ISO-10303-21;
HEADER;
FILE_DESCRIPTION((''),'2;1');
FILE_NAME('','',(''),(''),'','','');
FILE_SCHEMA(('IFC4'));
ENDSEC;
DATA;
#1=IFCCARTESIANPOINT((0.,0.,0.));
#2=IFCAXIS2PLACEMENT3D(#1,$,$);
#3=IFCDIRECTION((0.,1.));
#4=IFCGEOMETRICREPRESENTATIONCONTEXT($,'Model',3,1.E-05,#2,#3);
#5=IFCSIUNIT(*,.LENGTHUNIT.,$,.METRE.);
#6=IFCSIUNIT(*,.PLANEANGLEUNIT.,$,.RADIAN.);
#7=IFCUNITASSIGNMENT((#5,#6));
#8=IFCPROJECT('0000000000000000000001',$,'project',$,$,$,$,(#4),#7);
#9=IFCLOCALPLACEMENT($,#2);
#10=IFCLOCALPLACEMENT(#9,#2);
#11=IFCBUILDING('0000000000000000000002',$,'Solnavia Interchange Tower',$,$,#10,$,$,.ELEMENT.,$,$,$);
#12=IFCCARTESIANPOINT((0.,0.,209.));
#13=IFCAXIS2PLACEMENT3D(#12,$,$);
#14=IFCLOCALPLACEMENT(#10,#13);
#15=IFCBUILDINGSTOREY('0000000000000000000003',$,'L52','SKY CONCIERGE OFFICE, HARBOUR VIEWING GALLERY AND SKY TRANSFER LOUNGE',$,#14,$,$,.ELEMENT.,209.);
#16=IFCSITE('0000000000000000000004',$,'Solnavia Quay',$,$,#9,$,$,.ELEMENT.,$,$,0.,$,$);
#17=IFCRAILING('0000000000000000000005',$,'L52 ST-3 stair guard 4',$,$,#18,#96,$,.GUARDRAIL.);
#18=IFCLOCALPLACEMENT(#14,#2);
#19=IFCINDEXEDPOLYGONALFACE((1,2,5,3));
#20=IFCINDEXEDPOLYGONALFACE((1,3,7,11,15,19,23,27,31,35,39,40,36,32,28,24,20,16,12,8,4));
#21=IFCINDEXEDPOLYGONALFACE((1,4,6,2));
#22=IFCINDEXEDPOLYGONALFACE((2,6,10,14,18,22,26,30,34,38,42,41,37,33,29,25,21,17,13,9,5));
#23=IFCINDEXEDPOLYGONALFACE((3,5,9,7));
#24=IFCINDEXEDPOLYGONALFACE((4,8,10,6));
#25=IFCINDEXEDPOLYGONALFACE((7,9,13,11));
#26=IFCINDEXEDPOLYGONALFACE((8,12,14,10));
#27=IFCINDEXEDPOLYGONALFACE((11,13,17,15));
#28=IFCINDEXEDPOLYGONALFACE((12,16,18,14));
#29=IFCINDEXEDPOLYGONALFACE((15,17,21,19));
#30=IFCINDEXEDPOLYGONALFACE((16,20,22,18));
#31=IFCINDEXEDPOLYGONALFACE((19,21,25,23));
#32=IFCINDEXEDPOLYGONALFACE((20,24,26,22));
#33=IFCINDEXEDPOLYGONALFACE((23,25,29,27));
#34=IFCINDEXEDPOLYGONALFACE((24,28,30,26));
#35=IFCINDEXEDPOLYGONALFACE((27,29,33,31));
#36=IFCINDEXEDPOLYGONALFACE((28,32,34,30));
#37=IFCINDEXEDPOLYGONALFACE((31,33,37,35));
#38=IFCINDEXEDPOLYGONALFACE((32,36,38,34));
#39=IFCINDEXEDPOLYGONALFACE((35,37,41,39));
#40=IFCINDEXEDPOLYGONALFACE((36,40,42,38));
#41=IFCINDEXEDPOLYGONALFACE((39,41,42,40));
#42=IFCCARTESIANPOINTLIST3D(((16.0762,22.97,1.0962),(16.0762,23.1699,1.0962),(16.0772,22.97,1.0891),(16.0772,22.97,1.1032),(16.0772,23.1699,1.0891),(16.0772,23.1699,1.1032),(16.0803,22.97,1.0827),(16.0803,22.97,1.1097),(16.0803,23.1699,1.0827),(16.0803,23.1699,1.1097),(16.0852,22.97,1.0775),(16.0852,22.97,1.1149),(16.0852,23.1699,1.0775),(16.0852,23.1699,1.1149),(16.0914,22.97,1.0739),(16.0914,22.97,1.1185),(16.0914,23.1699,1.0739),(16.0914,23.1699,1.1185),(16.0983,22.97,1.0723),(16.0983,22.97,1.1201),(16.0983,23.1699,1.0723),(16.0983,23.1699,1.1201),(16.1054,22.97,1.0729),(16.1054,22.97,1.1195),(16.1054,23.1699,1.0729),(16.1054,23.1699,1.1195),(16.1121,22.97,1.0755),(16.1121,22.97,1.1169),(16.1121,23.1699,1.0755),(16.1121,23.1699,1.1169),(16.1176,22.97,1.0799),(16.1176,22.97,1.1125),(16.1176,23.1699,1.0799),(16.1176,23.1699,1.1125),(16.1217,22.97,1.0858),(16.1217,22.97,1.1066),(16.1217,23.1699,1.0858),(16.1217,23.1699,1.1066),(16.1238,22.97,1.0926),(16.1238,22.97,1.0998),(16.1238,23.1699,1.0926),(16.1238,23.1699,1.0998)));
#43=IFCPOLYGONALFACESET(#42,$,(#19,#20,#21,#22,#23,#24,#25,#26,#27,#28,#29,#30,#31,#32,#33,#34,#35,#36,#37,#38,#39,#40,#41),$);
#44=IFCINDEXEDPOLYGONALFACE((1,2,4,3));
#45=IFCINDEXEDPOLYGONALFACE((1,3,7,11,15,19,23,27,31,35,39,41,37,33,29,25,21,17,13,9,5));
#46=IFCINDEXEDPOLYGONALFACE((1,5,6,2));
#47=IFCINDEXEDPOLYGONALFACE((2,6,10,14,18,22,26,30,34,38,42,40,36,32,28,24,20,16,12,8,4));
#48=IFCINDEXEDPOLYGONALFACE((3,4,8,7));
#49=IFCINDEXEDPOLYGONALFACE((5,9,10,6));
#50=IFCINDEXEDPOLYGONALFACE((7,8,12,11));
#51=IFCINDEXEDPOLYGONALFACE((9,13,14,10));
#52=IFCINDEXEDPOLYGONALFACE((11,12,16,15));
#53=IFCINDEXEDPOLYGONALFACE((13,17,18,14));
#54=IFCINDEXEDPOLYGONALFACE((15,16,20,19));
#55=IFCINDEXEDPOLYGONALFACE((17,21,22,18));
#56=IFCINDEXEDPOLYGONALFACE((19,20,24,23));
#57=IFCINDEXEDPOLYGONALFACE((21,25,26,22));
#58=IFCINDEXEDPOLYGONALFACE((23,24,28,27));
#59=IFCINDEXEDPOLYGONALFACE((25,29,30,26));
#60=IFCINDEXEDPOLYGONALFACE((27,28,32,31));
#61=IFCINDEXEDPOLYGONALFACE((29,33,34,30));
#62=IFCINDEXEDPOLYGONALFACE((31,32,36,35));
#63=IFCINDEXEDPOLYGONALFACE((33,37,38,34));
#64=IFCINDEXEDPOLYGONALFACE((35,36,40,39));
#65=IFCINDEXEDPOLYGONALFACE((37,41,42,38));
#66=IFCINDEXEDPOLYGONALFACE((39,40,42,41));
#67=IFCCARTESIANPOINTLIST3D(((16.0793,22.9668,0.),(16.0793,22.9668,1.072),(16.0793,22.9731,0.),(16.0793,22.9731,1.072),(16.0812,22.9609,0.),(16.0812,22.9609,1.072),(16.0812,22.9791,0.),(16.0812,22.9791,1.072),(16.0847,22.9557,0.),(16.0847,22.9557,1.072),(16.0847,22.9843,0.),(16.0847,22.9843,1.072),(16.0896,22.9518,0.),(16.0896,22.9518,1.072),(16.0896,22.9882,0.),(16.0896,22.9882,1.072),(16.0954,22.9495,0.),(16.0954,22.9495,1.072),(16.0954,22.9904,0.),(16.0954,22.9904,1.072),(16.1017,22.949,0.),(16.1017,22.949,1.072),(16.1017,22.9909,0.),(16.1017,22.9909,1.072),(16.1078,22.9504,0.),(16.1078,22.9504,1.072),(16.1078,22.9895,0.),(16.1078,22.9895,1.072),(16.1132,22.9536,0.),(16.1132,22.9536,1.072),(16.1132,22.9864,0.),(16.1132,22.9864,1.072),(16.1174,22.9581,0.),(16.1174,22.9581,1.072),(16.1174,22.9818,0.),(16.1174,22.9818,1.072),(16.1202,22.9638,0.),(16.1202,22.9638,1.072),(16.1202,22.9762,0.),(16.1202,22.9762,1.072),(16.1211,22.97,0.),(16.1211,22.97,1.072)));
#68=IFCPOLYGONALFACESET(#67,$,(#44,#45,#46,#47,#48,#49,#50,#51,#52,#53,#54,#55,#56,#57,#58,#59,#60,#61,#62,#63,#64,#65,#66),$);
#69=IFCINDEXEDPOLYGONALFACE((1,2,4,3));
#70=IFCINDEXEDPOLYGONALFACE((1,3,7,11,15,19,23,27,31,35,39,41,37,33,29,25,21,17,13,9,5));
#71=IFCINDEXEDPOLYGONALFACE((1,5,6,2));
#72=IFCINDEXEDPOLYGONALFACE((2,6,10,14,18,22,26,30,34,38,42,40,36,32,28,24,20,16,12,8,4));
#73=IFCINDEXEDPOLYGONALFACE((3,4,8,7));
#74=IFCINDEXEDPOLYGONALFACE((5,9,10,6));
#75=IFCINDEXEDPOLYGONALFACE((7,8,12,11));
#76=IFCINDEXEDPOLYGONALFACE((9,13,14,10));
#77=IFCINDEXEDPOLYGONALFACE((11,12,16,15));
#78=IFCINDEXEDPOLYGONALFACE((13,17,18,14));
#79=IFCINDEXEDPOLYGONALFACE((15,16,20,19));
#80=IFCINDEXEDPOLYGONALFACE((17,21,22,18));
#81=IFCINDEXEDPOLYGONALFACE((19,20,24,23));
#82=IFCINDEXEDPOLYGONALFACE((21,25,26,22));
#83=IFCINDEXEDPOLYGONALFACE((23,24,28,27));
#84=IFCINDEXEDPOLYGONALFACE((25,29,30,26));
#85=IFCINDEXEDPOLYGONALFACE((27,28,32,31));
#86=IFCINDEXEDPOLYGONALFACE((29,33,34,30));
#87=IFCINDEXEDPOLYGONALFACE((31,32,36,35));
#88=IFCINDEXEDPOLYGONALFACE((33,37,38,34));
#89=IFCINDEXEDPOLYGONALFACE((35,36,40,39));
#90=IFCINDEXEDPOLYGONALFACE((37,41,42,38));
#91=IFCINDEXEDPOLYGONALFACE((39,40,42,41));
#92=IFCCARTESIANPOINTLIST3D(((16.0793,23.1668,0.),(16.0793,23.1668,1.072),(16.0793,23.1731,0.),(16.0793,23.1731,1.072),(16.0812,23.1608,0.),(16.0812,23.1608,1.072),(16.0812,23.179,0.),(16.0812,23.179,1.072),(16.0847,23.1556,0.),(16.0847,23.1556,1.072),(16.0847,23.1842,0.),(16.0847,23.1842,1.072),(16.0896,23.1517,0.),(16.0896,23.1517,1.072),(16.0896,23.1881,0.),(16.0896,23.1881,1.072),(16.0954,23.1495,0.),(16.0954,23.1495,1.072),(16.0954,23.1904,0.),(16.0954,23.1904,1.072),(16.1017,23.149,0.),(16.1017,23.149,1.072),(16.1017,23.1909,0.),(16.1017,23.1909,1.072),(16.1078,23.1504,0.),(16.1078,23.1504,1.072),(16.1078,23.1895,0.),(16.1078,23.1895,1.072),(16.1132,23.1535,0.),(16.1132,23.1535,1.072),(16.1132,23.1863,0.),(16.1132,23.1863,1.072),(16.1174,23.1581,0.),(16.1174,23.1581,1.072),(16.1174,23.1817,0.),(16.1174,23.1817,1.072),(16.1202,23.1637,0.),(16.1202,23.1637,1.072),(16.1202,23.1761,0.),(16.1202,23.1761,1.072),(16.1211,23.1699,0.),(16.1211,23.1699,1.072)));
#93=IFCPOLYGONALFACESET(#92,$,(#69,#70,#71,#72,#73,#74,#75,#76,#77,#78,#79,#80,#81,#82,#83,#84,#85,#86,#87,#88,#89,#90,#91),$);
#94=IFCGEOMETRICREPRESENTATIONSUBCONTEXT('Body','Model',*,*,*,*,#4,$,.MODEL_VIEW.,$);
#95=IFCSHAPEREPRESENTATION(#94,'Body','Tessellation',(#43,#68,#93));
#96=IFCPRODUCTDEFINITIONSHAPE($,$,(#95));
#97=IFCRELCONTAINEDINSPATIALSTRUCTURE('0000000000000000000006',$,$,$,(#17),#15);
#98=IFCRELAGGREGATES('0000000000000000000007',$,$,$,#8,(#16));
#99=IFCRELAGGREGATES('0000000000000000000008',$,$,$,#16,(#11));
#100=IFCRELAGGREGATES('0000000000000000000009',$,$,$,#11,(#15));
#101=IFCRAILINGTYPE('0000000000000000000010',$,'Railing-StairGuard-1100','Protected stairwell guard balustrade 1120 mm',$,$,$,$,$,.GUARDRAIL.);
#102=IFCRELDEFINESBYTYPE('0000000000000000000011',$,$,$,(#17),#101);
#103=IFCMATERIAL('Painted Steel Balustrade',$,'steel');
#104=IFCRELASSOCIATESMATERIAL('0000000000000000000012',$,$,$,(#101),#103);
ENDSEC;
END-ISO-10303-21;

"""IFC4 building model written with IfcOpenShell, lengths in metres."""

from ifc_helpers import new_model, si_unit, direction, frame, origin, origin_2d, place, context, subcontext, project, spatial, circle, extrude, material, type_object, element, save


model = new_model("IFC4")

# Units and contexts
model_context = context("Model", 3, precision=1e-05, world=origin(), true_north=direction((0.0, 1.0)))
body_context = subcontext(model_context, "Body", "Model", "MODEL_VIEW")
ifc_project = project(units=[si_unit("LENGTHUNIT", "METRE"), si_unit("PLANEANGLEUNIT", "RADIAN")], contexts=[model_context])

# Site, building, storey
site_placement = place(None, origin())
site = spatial("IfcSite", under=ifc_project, at=site_placement, Name="Solnavia Quay", CompositionType="ELEMENT", RefElevation=0.0)
building_placement = place(site_placement, origin())
building = spatial("IfcBuilding", under=site, at=building_placement, Name="Solnavia Interchange Tower", CompositionType="ELEMENT")
storey_placement = place(building_placement, frame((0.0, 0.0, 209.0)))
storey = spatial("IfcBuildingStorey", under=building, at=storey_placement, Name="L52", Description="SKY CONCIERGE OFFICE, HARBOUR VIEWING GALLERY AND SKY TRANSFER LOUNGE", CompositionType="ELEMENT", Elevation=209.0)

# Railing
ifc_material_1 = material(Name="Painted Steel Balustrade", Category="steel")
railing_type_1 = type_object("IfcRailingType", Name="Railing-StairGuard-1100", Description="Protected stairwell guard balustrade 1120 mm", PredefinedType="GUARDRAIL", material=ifc_material_1)
railing_1_placement = place(storey_placement, frame((16.1001, 22.97, 0.0)))
element("IfcRailing", 1, at=railing_1_placement, inside=storey, type_object=railing_type_1, Name="L52 ST-3 stair guard 4", PredefinedType="GUARDRAIL", context=body_context, shape_type="SweptSolid", body=[
    extrude(circle(Radius=0.0239, at=origin_2d()), frame((0.0, 0.0, 1.0962), z_axis=(0.0, 1.0, 0.0), x_axis=(-1.0, 0.0, 0.0)), (0.0, 0.0, 1.0), 0.2),
    extrude(circle(Radius=0.021, at=origin_2d()), origin(), (0.0, 0.0, 1.0), 1.072),
    extrude(circle(Radius=0.021, at=origin_2d()), frame((0.0, 0.2, 0.0)), (0.0, 0.0, 1.0), 1.072),
])

save(model, "model.ifc")
